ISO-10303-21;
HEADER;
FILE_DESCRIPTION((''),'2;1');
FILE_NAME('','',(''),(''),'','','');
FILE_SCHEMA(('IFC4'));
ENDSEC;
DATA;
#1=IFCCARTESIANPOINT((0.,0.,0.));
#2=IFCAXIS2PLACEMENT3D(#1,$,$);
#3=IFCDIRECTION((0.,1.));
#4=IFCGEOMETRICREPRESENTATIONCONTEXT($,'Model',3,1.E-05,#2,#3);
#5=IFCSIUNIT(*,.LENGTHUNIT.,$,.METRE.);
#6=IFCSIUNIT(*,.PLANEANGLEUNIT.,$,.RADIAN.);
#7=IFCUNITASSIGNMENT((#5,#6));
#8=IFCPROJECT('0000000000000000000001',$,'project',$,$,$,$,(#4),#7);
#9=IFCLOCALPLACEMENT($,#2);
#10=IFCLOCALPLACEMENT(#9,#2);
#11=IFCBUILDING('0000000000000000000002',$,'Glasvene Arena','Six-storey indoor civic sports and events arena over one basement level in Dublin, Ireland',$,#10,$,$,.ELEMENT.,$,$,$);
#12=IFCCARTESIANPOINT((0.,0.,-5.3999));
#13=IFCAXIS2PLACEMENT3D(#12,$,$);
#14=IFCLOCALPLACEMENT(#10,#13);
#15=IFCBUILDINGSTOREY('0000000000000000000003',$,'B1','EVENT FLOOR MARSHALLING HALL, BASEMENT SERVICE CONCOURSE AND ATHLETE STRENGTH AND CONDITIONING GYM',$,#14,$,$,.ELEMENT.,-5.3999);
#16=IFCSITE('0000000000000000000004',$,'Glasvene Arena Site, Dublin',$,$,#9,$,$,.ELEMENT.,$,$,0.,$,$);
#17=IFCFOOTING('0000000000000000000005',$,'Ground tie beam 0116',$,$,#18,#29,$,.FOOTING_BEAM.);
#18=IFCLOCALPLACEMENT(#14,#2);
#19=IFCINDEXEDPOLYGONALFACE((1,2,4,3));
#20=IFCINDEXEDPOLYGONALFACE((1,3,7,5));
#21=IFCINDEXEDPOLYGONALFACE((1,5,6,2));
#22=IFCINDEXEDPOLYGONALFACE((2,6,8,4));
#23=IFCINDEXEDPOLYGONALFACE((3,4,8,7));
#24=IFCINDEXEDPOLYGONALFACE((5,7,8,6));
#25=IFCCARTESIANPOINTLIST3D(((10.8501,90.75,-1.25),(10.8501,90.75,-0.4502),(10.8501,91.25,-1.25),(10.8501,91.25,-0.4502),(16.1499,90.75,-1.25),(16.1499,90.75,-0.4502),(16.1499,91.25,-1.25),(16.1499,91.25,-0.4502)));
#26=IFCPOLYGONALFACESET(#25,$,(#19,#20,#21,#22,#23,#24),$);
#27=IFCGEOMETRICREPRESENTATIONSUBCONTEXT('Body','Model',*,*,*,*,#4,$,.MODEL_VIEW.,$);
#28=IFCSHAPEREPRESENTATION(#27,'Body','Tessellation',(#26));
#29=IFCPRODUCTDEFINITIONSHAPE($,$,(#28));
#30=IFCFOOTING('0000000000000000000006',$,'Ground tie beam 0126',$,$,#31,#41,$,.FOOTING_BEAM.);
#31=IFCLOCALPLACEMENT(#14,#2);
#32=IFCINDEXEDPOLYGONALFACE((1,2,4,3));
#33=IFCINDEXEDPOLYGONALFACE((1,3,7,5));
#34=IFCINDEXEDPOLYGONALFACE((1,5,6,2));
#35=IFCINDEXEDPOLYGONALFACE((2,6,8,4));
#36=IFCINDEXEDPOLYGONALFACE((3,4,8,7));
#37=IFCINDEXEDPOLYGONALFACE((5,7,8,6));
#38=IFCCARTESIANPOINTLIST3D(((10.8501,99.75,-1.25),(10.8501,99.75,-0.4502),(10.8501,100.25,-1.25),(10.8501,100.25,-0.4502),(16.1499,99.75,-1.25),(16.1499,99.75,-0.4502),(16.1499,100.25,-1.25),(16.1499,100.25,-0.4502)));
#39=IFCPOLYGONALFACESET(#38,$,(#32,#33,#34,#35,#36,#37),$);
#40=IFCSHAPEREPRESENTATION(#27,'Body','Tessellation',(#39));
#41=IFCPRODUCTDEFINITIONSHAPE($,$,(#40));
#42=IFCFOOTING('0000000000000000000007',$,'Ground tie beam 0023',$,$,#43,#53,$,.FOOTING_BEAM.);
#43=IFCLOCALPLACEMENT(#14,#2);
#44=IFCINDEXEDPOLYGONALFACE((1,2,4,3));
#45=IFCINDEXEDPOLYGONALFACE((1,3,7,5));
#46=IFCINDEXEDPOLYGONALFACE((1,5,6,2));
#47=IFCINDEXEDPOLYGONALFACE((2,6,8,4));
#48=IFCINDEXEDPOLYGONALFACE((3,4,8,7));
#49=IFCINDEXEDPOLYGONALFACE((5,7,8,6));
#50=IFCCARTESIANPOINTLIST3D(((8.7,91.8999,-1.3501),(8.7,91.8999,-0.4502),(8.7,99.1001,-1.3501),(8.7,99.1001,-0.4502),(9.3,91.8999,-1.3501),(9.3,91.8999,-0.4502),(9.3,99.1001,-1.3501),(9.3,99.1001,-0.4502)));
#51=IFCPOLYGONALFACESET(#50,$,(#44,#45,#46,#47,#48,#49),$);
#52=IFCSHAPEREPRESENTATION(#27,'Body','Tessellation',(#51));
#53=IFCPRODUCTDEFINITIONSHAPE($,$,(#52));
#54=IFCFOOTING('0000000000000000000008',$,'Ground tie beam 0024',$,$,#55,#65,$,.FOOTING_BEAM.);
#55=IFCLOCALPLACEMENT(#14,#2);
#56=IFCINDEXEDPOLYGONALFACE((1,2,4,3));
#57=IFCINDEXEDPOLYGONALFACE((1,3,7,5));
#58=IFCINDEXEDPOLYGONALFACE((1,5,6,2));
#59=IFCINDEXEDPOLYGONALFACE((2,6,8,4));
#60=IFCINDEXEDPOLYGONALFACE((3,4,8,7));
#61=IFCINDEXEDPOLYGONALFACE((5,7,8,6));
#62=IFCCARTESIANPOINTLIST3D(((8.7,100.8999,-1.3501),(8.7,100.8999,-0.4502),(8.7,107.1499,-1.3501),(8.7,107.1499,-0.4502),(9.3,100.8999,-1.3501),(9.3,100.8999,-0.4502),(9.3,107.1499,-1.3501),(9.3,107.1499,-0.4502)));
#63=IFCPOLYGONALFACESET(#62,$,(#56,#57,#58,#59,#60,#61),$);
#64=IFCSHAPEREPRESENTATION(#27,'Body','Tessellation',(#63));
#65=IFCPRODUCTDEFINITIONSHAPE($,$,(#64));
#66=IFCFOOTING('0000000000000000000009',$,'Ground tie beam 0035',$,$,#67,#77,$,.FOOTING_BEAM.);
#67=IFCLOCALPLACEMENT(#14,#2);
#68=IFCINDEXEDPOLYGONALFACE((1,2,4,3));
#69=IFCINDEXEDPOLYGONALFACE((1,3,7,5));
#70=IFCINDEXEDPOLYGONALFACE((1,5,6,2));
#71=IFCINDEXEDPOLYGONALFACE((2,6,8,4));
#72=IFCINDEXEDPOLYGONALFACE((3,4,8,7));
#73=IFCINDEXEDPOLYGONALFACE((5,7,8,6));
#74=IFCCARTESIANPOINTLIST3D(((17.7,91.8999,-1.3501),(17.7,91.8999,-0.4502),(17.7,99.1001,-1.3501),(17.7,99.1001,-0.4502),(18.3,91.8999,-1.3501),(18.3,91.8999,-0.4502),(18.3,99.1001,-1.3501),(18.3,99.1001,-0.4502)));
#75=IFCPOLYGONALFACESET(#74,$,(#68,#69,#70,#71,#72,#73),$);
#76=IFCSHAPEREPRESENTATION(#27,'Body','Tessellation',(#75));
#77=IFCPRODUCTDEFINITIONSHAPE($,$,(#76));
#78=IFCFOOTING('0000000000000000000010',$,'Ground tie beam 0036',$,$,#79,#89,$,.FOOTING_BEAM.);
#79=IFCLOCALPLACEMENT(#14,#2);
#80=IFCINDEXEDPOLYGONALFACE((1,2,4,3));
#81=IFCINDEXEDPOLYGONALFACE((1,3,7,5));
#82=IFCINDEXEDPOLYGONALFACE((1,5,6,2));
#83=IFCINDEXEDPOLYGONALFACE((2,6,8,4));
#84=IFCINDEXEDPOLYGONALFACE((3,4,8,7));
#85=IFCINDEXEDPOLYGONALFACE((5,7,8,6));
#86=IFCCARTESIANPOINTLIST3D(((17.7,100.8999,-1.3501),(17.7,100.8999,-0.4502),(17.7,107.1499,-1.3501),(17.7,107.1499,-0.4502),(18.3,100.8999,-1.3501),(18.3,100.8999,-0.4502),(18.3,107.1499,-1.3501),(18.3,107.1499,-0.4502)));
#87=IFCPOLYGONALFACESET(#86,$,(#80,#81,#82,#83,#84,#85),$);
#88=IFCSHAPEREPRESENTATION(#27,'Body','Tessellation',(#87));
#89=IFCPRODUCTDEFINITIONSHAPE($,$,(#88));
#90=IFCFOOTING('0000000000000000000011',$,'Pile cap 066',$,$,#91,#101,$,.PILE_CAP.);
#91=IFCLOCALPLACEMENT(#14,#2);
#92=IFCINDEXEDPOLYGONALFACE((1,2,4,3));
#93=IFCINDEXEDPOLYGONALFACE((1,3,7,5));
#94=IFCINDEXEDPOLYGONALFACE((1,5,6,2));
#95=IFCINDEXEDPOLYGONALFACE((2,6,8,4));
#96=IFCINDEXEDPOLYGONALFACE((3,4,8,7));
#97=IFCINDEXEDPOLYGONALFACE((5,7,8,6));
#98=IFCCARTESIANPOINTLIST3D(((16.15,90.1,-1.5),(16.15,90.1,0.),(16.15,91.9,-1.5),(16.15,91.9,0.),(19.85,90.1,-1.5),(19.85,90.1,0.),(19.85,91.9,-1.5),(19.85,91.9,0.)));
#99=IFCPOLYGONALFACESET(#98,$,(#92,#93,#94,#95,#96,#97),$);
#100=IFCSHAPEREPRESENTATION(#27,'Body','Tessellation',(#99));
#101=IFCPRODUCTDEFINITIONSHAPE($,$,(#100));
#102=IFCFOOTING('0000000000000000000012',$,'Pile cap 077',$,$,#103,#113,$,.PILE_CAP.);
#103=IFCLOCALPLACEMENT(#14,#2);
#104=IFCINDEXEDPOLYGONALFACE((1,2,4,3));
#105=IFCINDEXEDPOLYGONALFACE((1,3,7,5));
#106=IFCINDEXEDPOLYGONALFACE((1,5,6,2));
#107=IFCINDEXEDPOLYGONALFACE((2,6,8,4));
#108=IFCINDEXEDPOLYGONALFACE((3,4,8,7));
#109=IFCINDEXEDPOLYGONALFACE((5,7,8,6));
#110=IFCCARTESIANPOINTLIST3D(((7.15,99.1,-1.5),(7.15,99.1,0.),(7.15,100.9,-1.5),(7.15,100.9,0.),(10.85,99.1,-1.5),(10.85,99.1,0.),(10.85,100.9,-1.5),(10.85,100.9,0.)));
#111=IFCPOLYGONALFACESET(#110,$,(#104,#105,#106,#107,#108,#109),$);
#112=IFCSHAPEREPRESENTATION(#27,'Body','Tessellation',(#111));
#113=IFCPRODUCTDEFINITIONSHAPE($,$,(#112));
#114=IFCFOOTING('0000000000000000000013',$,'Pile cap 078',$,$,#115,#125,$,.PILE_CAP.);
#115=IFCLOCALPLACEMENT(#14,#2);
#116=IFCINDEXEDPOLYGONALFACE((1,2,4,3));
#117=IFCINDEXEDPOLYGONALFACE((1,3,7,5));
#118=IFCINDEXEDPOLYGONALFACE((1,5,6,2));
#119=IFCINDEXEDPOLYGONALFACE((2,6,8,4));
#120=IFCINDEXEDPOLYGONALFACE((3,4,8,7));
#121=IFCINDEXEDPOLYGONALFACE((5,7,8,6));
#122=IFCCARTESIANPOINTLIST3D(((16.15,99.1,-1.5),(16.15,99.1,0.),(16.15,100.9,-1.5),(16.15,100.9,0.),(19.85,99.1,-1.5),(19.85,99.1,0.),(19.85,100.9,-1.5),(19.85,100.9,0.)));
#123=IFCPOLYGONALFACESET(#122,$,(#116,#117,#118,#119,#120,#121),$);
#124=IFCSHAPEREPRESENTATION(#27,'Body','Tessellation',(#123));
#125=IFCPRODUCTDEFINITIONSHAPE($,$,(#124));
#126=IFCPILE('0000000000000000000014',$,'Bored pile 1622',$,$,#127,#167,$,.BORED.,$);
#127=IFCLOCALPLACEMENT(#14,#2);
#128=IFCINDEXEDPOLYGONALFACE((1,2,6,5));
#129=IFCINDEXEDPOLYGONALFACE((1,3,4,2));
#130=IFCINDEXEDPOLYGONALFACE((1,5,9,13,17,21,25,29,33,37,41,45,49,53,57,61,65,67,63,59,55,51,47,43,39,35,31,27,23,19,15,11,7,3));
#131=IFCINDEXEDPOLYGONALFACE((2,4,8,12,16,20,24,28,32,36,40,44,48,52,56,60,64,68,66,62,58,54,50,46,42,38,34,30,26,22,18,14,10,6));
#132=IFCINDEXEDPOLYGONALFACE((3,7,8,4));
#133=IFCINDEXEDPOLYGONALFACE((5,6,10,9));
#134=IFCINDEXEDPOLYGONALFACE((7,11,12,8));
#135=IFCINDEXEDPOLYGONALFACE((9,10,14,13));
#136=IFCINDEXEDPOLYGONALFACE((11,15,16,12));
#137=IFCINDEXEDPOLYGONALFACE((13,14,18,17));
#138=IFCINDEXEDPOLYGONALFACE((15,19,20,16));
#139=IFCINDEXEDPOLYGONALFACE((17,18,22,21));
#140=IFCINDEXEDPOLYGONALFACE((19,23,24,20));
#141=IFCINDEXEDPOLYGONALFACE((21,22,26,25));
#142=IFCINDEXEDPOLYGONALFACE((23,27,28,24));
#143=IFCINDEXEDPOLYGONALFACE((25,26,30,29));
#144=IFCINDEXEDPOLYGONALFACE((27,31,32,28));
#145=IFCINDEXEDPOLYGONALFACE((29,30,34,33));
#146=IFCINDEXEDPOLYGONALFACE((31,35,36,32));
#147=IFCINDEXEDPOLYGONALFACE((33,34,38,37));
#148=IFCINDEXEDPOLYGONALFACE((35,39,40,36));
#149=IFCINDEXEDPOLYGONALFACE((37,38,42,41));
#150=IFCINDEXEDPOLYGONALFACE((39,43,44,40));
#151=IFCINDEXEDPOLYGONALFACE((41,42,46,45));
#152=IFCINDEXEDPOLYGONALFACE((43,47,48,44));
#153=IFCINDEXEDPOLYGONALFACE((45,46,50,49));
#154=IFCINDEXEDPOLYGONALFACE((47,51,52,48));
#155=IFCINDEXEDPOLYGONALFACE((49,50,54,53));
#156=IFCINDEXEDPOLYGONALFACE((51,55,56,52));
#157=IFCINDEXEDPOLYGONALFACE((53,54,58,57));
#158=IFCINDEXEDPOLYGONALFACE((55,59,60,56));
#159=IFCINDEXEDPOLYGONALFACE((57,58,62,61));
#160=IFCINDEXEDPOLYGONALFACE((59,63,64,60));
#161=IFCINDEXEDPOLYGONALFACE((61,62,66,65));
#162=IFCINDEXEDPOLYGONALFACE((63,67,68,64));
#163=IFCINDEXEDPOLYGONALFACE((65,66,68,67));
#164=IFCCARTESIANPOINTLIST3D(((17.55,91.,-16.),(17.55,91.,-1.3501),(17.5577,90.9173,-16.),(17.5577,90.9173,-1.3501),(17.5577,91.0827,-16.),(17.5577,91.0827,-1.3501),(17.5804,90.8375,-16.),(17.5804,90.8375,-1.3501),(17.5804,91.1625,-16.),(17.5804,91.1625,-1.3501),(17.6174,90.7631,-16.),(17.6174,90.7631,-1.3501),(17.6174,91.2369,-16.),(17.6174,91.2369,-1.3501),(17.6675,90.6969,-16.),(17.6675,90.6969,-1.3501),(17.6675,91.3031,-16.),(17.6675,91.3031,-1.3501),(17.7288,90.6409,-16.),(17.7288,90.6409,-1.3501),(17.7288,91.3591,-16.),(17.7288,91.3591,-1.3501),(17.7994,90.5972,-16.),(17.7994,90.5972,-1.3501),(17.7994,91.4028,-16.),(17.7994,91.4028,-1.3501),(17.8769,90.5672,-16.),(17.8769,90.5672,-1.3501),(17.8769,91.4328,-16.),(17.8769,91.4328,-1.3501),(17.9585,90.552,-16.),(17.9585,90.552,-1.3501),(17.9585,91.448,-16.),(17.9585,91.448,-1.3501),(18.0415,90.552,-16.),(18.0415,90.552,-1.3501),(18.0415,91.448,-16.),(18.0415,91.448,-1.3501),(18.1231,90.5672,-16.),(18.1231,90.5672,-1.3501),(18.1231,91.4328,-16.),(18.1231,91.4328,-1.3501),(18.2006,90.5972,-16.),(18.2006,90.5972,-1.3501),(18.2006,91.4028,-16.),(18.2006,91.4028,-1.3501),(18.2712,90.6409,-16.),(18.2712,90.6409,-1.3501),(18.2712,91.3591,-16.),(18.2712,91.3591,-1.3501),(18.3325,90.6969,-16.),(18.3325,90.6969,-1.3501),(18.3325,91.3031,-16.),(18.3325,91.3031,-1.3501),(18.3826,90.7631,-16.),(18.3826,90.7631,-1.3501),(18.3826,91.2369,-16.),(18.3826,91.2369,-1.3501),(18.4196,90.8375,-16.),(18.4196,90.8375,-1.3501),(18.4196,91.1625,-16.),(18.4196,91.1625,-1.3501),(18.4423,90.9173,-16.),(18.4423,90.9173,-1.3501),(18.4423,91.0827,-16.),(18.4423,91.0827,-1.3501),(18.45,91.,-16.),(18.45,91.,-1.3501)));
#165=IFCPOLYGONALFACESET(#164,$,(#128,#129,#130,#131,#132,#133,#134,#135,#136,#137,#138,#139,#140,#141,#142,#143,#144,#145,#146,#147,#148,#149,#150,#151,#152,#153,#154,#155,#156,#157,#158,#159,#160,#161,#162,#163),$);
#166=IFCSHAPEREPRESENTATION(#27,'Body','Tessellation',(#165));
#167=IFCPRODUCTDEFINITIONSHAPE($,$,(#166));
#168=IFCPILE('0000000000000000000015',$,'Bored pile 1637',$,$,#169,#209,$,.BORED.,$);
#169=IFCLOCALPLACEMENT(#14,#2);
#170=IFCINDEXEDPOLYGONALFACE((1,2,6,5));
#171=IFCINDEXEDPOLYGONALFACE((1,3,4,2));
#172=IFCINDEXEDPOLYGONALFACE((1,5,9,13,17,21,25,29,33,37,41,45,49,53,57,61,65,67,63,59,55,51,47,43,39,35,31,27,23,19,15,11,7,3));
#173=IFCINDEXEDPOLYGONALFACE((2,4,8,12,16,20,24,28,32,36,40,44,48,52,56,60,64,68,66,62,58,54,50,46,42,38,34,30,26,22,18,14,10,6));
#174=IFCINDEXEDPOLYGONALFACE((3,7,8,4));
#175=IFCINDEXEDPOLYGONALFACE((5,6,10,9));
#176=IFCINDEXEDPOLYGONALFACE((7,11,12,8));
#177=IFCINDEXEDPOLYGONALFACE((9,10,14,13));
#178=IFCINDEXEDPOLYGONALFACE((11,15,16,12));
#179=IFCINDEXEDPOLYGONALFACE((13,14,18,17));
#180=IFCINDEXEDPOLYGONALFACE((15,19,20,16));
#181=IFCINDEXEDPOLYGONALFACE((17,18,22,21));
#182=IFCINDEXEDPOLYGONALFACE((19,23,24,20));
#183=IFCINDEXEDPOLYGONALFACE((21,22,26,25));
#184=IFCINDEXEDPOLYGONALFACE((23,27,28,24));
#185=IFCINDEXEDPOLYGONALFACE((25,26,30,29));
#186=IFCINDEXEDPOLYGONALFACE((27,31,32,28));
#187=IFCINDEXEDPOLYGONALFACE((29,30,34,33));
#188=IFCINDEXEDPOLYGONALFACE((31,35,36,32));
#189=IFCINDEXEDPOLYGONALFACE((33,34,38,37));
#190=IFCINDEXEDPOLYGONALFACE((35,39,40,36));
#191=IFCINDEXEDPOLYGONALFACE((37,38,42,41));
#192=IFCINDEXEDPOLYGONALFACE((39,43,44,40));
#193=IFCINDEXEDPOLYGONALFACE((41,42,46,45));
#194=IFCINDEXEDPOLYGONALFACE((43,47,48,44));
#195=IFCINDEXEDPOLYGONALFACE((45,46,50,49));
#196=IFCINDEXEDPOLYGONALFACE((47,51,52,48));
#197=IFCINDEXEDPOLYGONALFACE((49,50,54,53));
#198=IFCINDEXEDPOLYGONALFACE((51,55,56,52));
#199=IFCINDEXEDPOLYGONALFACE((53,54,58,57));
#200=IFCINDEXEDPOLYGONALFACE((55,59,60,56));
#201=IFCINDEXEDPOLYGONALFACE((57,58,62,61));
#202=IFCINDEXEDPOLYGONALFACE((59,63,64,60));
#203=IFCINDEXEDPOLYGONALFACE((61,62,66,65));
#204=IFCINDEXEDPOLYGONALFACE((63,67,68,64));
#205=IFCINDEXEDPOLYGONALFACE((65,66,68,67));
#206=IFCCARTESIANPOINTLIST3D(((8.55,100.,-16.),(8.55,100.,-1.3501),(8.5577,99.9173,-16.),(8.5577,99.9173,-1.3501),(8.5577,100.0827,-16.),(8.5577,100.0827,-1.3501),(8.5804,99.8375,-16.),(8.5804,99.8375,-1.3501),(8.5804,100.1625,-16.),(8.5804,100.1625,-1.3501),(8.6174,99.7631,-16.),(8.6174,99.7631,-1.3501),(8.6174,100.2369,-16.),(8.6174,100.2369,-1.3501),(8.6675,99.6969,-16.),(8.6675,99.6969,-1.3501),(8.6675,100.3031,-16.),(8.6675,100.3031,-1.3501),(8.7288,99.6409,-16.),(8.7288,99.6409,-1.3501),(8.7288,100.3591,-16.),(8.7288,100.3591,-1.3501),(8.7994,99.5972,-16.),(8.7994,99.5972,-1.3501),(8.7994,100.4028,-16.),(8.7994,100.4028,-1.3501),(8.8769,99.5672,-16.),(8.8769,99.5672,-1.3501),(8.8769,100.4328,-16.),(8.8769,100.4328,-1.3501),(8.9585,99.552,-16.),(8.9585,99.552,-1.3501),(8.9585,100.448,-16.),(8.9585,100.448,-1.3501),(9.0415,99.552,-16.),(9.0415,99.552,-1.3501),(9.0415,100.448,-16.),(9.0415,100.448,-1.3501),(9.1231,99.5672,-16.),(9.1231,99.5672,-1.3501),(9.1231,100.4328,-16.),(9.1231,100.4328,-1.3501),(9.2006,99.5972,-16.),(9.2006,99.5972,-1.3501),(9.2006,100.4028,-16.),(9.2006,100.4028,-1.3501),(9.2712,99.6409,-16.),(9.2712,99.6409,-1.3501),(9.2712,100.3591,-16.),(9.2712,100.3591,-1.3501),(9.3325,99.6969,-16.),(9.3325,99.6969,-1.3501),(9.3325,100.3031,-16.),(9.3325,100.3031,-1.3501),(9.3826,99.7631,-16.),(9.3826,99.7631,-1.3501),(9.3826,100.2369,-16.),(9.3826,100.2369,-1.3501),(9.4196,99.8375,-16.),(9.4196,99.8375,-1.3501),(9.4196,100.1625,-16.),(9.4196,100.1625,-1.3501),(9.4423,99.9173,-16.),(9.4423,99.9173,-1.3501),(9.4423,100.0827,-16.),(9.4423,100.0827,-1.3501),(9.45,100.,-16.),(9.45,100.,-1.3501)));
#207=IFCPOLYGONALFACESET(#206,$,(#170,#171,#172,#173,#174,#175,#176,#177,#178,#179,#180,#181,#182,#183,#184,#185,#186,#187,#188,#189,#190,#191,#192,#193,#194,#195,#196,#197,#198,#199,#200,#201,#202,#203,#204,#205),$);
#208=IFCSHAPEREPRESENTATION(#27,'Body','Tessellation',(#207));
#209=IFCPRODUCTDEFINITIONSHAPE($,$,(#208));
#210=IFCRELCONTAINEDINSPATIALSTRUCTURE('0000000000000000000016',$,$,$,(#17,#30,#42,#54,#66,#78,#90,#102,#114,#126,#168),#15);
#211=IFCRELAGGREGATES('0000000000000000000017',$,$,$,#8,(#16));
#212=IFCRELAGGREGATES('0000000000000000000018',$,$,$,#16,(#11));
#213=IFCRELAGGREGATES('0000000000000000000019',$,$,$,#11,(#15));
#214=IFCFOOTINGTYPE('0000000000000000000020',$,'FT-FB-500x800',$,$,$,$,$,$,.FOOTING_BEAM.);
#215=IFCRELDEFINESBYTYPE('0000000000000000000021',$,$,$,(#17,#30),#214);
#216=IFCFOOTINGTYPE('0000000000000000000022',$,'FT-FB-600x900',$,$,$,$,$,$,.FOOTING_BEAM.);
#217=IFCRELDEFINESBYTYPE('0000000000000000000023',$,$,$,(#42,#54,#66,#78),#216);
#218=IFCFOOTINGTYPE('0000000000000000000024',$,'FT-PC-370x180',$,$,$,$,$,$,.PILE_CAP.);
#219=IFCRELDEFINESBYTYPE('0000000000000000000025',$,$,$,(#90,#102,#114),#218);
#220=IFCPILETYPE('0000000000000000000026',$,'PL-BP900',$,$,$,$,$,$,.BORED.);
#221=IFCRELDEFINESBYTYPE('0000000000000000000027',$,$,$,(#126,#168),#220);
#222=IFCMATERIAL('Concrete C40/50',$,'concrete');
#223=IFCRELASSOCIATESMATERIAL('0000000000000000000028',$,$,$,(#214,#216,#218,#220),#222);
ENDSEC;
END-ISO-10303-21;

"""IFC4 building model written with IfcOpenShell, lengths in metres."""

from ifc_helpers import new_model, si_unit, direction, frame, origin, origin_2d, place, context, subcontext, project, spatial, polyline, rectangle, circle, outline, extrude, material, material_profile, profile_set, type_object, element, save


model = new_model("IFC4")

# Units and contexts
model_context = context("Model", 3, precision=1e-05, world=origin(), true_north=direction((0.0, 1.0)))
body_context = subcontext(model_context, "Body", "Model", "MODEL_VIEW")
ifc_project = project(units=[si_unit("LENGTHUNIT", "METRE"), si_unit("PLANEANGLEUNIT", "RADIAN")], contexts=[model_context])

# Site, building, storey
site_placement = place(None, origin())
site = spatial("IfcSite", under=ifc_project, at=site_placement, Name="Glasvene Arena Site, Dublin", CompositionType="ELEMENT", RefElevation=0.0)
building_placement = place(site_placement, origin())
building = spatial("IfcBuilding", under=site, at=building_placement, Name="Glasvene Arena", Description="Six-storey indoor civic sports and events arena over one basement level in Dublin, Ireland", CompositionType="ELEMENT")
storey_placement = place(building_placement, frame((0.0, 0.0, -5.3999)))
storey = spatial("IfcBuildingStorey", under=building, at=storey_placement, Name="B1", Description="EVENT FLOOR MARSHALLING HALL, BASEMENT SERVICE CONCOURSE AND ATHLETE STRENGTH AND CONDITIONING GYM", CompositionType="ELEMENT", Elevation=-5.3999)

# Footings
ifc_material_1 = material(Name="Concrete C40/50", Category="concrete")
footing_type_1 = type_object("IfcFootingType", Name="FT-FB-500x800", PredefinedType="FOOTING_BEAM", material=ifc_material_1)
for number, where, name in (
    (1, (13.5, 91.0, -1.25), "Ground tie beam 0116"),
    (2, (13.5, 100.0, -1.25), "Ground tie beam 0126"),
):
    element("IfcFooting", number, at=place(storey_placement, frame(where)), inside=storey, type_object=footing_type_1, Name=name, PredefinedType="FOOTING_BEAM", context=body_context, shape_type="SweptSolid", body=[
        extrude(outline(polyline([(-2.6499, -0.25), (2.6499, -0.25), (2.6499, 0.25), (-2.6499, 0.25), (-2.6499, -0.25)])), origin(), (0.0, 0.0, 1.0), 0.7998),
    ])
footing_type_2 = type_object("IfcFootingType", Name="FT-FB-600x900", PredefinedType="FOOTING_BEAM", material=ifc_material_1)
footing_1_placement = place(storey_placement, frame((9.0, 95.5, -1.3501)))
element("IfcFooting", 3, at=footing_1_placement, inside=storey, type_object=footing_type_2, Name="Ground tie beam 0023", PredefinedType="FOOTING_BEAM", context=body_context, shape_type="SweptSolid", body=[
    extrude(outline(polyline([(-0.3, -3.6001), (0.3, -3.6001), (0.3, 3.6001), (-0.3, 3.6001), (-0.3, -3.6001)])), origin(), (0.0, 0.0, 1.0), 0.8999),
])
footing_2_placement = place(storey_placement, frame((9.0, 104.0249, -1.3501)))
element("IfcFooting", 4, at=footing_2_placement, inside=storey, type_object=footing_type_2, Name="Ground tie beam 0024", PredefinedType="FOOTING_BEAM", context=body_context, shape_type="SweptSolid", body=[
    extrude(outline(polyline([(-0.3, -3.125), (0.3, -3.125), (0.3, 3.125), (-0.3, 3.125), (-0.3, -3.125)])), origin(), (0.0, 0.0, 1.0), 0.8999),
])
footing_3_placement = place(storey_placement, frame((18.0, 95.5, -1.3501)))
element("IfcFooting", 5, at=footing_3_placement, inside=storey, type_object=footing_type_2, Name="Ground tie beam 0035", PredefinedType="FOOTING_BEAM", context=body_context, shape_type="SweptSolid", body=[
    extrude(outline(polyline([(-0.3, -3.6001), (0.3, -3.6001), (0.3, 3.6001), (-0.3, 3.6001), (-0.3, -3.6001)])), origin(), (0.0, 0.0, 1.0), 0.8999),
])
footing_4_placement = place(storey_placement, frame((18.0, 104.0249, -1.3501)))
element("IfcFooting", 6, at=footing_4_placement, inside=storey, type_object=footing_type_2, Name="Ground tie beam 0036", PredefinedType="FOOTING_BEAM", context=body_context, shape_type="SweptSolid", body=[
    extrude(outline(polyline([(-0.3, -3.125), (0.3, -3.125), (0.3, 3.125), (-0.3, 3.125), (-0.3, -3.125)])), origin(), (0.0, 0.0, 1.0), 0.8999),
])
footing_type_3 = type_object("IfcFootingType", Name="FT-PC-370x180", PredefinedType="PILE_CAP", material=ifc_material_1)
for number, where, z_axis, x_axis, name in (
    (7, (18.0, 91.0, -1.5), (0.0, 0.0, 1.0), (1.0, 0.0, 0.0), "Pile cap 066"),
    (8, (9.0, 100.0, -1.5), (0.0, 0.0, 1.0), (1.0, 0.0, 0.0), "Pile cap 077"),
    (9, (18.0, 100.0, -1.5), (0.0, 0.0, 1.0), (1.0, 0.0, 0.0), "Pile cap 078"),
):
    element("IfcFooting", number, at=place(storey_placement, frame(where, z_axis=z_axis, x_axis=x_axis)), inside=storey, type_object=footing_type_3, Name=name, PredefinedType="PILE_CAP", context=body_context, shape_type="SweptSolid", body=[
        extrude(rectangle(XDim=3.7, YDim=1.8, at=origin_2d()), origin(), (0.0, 0.0, 1.0), 1.5),
    ])

# Piles
ifc_material_profile_1 = material_profile(ifc_material_1, circle(Radius=0.45, at=origin_2d()), Name="BORED PILE 900")
ifc_profile_set_1 = profile_set([ifc_material_profile_1], Name="Concrete C40/50")
pile_type = type_object("IfcPileType", Name="PL-BP900", PredefinedType="BORED", material=ifc_profile_set_1)
for number, where, z_axis, x_axis, name in (
    (10, (18.0, 91.0, -1.3501), (0.0, 0.0, -1.0), (1.0, 0.0, 0.0), "Bored pile 1622"),
    (11, (9.0, 100.0, -1.3501), (0.0, 0.0, -1.0), (1.0, 0.0, 0.0), "Bored pile 1637"),
):
    element("IfcPile", number, at=place(storey_placement, frame(where, z_axis=z_axis, x_axis=x_axis)), inside=storey, type_object=pile_type, Name=name, PredefinedType="BORED", context=body_context, shape_type="SweptSolid", body=[
        extrude(circle(Radius=0.45, at=origin_2d()), origin(), (0.0, 0.0, 1.0), 14.6499),
    ])

save(model, "model.ifc")
